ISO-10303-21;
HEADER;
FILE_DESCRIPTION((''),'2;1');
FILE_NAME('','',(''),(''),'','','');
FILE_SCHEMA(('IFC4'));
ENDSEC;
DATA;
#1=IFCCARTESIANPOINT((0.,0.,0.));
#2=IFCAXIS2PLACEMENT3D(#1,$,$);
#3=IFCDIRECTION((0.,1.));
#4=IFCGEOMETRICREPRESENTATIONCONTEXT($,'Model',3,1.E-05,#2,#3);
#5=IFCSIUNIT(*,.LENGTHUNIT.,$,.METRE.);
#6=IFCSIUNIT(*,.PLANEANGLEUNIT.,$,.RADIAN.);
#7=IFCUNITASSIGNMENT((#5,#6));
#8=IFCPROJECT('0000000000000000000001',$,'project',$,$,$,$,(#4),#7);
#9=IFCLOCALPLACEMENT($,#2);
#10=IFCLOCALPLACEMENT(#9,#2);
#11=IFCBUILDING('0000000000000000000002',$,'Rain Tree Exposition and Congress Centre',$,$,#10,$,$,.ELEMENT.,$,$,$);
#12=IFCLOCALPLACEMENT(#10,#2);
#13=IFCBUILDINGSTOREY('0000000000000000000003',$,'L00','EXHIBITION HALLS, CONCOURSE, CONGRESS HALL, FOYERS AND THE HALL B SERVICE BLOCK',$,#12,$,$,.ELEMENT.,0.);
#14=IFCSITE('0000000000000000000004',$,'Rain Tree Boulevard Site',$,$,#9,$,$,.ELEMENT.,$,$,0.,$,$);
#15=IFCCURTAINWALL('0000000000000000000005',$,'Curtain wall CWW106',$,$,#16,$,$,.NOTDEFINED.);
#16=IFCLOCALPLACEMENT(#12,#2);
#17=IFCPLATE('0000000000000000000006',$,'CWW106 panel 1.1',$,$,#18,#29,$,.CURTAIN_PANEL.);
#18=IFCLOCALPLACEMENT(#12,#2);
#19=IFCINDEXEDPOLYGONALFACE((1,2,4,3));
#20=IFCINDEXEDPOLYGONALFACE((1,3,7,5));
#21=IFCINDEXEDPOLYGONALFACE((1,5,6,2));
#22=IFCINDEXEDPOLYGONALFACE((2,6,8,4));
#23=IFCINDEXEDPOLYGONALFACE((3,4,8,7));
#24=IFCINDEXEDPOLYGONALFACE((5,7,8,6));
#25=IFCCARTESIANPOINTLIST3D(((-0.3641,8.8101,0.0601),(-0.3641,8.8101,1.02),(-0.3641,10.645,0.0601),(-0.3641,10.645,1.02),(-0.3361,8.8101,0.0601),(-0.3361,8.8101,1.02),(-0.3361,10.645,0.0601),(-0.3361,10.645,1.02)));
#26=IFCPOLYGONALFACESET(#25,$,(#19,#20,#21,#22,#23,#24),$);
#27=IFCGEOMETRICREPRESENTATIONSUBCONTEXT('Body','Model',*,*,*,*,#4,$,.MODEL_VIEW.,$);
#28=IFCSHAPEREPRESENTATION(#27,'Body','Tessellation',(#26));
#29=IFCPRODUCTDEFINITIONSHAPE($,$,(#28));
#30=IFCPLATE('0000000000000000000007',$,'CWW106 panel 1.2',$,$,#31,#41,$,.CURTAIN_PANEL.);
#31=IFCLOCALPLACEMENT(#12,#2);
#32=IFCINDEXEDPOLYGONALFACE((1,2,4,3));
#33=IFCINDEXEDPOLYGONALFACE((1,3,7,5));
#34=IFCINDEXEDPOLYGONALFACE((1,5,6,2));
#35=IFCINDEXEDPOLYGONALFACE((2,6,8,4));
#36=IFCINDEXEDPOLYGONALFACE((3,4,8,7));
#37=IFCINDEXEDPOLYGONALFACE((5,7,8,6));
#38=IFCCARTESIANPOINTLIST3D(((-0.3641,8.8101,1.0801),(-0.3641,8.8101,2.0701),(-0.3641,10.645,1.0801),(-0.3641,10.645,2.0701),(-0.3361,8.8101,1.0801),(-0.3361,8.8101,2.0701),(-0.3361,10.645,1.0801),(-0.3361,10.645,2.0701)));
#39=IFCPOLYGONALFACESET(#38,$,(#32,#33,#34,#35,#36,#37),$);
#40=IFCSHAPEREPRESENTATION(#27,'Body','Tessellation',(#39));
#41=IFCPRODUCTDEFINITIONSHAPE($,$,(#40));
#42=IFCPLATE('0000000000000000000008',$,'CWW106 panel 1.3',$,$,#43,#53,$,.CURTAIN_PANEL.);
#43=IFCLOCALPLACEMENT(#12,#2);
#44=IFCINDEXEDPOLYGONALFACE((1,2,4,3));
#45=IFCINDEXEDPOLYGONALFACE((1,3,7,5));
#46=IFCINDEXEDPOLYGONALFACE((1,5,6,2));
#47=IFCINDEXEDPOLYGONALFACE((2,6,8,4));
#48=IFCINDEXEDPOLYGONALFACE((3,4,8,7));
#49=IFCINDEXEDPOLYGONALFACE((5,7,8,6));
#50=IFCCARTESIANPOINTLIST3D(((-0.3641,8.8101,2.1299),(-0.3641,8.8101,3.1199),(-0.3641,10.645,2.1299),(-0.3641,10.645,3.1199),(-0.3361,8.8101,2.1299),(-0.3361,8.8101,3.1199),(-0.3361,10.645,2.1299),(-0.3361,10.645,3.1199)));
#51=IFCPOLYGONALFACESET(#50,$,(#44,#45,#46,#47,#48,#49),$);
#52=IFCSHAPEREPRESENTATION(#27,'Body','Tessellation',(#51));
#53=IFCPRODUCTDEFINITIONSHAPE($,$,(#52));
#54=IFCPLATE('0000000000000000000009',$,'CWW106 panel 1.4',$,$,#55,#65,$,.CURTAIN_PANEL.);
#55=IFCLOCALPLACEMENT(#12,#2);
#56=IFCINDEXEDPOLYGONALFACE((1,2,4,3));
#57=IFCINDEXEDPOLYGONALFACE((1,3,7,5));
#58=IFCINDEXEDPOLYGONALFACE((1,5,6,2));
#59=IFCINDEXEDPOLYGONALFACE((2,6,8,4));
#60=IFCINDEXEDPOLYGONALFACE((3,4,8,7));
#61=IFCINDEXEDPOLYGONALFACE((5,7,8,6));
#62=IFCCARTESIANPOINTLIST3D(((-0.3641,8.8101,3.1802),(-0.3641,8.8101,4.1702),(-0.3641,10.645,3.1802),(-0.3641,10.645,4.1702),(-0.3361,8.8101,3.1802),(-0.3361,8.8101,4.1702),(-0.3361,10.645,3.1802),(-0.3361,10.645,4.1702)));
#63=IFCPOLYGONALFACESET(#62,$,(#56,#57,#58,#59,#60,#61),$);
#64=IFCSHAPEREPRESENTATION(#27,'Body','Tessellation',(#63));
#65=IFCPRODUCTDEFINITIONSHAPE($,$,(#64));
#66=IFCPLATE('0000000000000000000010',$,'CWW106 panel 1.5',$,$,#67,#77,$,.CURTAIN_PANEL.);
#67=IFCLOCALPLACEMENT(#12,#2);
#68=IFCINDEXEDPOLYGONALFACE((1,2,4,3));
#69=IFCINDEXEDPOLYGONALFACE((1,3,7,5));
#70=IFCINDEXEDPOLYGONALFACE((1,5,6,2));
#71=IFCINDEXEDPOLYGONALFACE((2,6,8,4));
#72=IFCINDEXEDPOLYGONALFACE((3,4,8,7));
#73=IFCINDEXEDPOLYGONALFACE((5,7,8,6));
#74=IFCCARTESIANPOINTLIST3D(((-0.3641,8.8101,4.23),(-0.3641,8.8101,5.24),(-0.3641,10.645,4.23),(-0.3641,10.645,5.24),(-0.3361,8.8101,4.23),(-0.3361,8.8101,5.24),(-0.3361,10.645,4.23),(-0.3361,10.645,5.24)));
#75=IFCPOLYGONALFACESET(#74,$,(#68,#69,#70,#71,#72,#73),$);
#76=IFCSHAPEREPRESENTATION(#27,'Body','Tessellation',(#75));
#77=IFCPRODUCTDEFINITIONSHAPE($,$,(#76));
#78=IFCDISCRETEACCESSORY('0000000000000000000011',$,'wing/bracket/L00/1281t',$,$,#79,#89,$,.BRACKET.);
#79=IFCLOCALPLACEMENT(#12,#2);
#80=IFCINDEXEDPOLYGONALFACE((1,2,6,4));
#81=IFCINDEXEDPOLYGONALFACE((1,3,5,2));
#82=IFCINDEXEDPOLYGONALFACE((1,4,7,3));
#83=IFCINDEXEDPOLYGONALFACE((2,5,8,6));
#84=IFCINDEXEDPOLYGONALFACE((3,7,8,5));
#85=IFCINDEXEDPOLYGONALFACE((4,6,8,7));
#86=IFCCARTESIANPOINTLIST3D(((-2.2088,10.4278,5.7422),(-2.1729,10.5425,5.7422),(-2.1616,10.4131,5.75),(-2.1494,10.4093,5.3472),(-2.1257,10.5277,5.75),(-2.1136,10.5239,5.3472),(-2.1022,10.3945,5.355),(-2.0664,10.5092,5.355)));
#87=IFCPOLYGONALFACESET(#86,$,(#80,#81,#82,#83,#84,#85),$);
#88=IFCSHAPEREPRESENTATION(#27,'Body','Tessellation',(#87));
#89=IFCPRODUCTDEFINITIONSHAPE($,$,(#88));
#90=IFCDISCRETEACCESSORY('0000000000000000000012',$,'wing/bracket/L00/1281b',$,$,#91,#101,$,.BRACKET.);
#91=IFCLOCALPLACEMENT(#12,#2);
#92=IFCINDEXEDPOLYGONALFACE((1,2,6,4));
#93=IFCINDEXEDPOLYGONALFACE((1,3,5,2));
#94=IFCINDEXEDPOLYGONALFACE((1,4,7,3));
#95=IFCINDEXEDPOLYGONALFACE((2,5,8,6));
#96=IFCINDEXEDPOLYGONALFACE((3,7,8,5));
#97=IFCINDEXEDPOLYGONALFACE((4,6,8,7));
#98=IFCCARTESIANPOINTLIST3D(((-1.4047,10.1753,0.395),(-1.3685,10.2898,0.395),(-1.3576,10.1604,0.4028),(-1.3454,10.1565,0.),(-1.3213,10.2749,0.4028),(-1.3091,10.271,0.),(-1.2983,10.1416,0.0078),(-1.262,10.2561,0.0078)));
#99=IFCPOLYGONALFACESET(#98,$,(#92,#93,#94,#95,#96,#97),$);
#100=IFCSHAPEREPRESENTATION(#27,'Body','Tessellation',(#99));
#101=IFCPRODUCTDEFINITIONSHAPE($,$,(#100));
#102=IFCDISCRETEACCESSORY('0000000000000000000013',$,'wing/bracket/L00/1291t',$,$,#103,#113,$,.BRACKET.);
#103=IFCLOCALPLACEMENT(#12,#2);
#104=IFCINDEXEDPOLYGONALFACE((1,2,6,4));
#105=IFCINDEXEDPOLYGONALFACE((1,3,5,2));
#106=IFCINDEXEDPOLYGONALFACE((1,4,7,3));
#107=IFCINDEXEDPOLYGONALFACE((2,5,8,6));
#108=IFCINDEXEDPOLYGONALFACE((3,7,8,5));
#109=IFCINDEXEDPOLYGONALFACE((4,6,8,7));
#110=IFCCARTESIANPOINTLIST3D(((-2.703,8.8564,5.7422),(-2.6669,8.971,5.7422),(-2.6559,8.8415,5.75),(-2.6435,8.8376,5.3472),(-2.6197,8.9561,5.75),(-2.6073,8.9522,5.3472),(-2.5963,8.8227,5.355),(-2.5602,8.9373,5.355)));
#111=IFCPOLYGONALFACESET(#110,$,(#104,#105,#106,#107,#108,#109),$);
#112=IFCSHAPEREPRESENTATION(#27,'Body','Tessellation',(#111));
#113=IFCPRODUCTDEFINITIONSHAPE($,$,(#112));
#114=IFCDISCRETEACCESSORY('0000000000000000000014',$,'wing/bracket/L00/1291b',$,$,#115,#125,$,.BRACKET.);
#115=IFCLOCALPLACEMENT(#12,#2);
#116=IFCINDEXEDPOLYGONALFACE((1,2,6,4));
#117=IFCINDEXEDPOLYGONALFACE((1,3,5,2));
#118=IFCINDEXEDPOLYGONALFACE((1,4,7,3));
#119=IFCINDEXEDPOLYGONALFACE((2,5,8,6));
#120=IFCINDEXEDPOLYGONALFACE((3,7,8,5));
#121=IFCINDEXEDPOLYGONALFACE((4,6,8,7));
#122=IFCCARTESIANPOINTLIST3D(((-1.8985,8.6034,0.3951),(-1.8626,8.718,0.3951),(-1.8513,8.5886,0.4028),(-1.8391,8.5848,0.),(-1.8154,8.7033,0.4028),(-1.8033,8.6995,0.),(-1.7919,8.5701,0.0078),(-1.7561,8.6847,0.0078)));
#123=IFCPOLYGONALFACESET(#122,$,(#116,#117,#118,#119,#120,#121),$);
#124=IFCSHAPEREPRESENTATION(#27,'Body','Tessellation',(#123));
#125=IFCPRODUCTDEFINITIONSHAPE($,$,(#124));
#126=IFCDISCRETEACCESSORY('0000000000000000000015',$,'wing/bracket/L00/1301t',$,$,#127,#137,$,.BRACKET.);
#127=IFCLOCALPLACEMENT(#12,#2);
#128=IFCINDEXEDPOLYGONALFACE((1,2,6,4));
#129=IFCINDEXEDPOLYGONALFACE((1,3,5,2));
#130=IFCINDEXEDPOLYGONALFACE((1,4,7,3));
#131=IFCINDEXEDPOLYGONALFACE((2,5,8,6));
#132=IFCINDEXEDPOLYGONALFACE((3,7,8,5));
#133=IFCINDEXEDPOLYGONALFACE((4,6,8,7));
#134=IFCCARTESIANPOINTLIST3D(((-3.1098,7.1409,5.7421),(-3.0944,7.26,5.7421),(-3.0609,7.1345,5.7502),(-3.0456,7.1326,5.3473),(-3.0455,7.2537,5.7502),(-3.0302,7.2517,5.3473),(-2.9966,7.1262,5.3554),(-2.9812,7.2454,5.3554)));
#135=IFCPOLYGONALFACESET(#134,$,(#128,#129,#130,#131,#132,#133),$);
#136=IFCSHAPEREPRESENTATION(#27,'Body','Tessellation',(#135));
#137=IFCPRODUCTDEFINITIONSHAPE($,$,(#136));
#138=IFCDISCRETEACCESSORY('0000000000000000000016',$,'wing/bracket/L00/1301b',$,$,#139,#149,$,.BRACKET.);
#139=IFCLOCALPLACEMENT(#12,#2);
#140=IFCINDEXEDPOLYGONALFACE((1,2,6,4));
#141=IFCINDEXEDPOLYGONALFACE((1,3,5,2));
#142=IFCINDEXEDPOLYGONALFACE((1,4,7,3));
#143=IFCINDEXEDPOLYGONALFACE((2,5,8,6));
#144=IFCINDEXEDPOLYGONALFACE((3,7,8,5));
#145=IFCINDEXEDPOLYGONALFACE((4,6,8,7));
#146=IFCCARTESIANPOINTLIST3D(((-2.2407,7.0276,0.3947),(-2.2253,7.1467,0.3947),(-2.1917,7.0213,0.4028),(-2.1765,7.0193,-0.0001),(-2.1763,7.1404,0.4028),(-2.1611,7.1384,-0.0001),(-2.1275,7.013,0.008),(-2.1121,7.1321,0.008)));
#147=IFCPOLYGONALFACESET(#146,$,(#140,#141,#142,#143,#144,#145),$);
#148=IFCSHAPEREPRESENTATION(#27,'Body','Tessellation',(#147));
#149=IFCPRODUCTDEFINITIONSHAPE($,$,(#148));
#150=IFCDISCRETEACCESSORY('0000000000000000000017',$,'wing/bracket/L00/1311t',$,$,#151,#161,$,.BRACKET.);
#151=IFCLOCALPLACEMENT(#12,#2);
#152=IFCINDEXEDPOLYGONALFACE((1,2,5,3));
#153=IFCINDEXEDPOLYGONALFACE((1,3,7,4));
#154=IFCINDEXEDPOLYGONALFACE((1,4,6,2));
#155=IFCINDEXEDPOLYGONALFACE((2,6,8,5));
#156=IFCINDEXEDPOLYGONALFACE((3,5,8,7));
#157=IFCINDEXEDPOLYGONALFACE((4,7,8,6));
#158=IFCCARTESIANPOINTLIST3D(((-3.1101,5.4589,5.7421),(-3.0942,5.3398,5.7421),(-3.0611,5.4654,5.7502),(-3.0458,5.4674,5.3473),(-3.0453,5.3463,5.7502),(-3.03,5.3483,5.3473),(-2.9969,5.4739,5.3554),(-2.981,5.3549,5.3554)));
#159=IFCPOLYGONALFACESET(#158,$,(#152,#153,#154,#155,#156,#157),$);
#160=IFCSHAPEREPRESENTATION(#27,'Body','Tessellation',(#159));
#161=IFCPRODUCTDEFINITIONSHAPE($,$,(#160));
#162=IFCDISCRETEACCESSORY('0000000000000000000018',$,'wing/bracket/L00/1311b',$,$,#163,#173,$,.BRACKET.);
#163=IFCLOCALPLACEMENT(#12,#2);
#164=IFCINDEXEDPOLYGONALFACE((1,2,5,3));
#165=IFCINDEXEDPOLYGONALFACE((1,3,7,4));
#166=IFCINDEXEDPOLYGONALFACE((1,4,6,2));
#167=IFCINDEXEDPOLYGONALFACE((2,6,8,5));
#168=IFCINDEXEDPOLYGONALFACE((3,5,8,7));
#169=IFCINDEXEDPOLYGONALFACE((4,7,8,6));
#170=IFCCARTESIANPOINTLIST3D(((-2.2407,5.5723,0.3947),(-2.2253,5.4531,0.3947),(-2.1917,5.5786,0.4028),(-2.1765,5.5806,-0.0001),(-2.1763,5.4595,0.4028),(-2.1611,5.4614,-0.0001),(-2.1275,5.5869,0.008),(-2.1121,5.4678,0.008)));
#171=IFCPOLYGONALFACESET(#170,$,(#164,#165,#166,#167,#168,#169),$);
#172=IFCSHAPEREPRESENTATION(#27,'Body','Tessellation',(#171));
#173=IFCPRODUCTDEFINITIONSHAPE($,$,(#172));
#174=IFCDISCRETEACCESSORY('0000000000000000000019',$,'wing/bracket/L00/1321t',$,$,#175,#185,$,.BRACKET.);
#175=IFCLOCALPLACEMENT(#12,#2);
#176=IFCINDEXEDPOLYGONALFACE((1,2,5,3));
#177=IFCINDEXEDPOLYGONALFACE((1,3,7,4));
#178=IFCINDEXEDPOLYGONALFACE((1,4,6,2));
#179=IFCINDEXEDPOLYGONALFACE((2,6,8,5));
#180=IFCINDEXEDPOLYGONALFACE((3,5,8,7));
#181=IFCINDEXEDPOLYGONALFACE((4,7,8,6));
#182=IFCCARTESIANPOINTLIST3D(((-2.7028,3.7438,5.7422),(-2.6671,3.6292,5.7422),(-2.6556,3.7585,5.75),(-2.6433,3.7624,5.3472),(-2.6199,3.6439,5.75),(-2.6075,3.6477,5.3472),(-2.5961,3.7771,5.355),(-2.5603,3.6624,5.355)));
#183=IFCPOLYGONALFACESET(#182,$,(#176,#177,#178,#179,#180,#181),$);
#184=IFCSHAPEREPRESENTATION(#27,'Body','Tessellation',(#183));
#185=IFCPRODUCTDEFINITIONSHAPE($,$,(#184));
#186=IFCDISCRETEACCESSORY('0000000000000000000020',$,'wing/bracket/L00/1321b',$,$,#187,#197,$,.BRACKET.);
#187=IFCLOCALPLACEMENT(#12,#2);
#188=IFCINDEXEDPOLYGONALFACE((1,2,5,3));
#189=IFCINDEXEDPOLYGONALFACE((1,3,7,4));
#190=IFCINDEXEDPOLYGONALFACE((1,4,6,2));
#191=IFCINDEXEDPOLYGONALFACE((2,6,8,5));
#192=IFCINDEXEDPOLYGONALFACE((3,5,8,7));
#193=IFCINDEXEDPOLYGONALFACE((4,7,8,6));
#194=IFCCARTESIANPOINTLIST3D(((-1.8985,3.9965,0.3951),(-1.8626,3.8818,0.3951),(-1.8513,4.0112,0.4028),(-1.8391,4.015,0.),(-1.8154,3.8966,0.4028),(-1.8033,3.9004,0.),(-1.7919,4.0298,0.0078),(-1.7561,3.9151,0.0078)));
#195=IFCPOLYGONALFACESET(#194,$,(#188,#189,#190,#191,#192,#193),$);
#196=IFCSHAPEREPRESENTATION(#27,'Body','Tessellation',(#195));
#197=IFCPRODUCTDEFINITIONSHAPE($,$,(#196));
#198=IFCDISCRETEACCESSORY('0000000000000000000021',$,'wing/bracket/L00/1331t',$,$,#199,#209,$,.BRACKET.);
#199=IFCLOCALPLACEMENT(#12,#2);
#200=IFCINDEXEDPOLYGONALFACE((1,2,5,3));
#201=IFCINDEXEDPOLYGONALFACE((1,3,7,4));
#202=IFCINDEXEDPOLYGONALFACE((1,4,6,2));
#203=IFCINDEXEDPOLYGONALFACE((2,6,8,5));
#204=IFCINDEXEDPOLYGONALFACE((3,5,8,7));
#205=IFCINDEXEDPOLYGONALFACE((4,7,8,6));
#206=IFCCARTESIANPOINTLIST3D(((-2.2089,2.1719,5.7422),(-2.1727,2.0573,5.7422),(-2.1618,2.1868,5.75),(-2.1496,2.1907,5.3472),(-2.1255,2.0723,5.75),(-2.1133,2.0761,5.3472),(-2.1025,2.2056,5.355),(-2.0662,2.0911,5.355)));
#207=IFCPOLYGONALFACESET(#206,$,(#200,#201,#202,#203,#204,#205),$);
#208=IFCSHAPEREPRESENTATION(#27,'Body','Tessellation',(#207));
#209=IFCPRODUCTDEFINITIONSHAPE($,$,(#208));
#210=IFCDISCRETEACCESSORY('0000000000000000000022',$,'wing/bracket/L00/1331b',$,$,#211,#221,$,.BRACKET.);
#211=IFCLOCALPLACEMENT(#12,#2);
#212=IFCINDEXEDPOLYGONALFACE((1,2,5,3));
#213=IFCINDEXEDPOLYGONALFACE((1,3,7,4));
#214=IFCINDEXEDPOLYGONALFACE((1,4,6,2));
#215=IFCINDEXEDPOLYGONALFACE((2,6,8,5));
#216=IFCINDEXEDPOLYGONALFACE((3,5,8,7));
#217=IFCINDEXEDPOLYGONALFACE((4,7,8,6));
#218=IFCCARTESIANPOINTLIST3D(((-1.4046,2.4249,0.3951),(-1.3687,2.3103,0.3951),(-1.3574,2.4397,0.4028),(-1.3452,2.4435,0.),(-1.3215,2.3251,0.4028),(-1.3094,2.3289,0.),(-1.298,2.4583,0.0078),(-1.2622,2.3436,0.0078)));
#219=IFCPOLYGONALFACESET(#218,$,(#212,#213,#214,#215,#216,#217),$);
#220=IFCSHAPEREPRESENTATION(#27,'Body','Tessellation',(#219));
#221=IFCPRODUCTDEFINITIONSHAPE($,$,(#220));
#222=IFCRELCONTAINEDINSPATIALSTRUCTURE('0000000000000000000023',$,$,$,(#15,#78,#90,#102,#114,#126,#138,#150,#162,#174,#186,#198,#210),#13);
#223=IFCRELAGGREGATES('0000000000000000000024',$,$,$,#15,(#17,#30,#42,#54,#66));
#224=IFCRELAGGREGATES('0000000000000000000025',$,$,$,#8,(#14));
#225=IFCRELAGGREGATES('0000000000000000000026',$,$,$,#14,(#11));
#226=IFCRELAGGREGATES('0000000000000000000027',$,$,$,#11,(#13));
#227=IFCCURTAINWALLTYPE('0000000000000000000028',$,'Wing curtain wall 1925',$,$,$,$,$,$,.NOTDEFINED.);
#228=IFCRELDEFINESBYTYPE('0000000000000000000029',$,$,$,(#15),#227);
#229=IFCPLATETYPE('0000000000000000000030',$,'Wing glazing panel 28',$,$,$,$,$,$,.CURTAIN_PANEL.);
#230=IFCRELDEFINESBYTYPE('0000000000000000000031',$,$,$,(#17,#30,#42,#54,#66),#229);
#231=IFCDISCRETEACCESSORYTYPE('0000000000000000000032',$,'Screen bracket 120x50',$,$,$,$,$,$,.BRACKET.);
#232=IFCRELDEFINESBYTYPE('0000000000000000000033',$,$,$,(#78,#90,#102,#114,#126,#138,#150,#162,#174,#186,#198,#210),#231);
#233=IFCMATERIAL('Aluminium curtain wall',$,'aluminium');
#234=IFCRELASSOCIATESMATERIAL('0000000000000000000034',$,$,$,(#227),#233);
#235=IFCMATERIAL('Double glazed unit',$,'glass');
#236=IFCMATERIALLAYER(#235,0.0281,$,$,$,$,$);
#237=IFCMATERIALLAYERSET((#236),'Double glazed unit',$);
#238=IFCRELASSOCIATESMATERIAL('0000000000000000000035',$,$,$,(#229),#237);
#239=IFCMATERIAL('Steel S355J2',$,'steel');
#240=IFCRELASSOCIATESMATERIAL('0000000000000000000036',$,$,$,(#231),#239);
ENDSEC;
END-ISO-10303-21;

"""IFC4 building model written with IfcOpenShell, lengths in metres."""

from ifc_helpers import new_model, si_unit, direction, frame, origin, origin_2d, place, context, subcontext, project, spatial, rectangle, extrude, material, layer, layer_set, material_profile, profile_set, type_object, element, aggregate, save


model = new_model("IFC4")

# Units and contexts
model_context = context("Model", 3, precision=1e-05, world=origin(), true_north=direction((0.0, 1.0)))
body_context = subcontext(model_context, "Body", "Model", "MODEL_VIEW")
ifc_project = project(units=[si_unit("LENGTHUNIT", "METRE"), si_unit("PLANEANGLEUNIT", "RADIAN")], contexts=[model_context])

# Site, building, storey
site_placement = place(None, origin())
site = spatial("IfcSite", under=ifc_project, at=site_placement, Name="Rain Tree Boulevard Site", CompositionType="ELEMENT", RefElevation=0.0)
building_placement = place(site_placement, origin())
building = spatial("IfcBuilding", under=site, at=building_placement, Name="Rain Tree Exposition and Congress Centre", CompositionType="ELEMENT")
storey_placement = place(building_placement, origin())
storey = spatial("IfcBuildingStorey", under=building, at=storey_placement, Name="L00", Description="EXHIBITION HALLS, CONCOURSE, CONGRESS HALL, FOYERS AND THE HALL B SERVICE BLOCK", CompositionType="ELEMENT", Elevation=0.0)

# Curtain wall, plates
ifc_material_1 = material(Name="Aluminium curtain wall", Category="aluminium")
curtain_wall_type = type_object("IfcCurtainWallType", Name="Wing curtain wall 1925", PredefinedType="NOTDEFINED", material=ifc_material_1)
curtain_wall_placement = place(storey_placement, origin())
curtain_wall = element("IfcCurtainWall", 1, at=curtain_wall_placement, inside=storey, type_object=curtain_wall_type, Name="Curtain wall CWW106", PredefinedType="NOTDEFINED")
ifc_material_2 = material(Name="Double glazed unit", Category="glass")
ifc_layer_1 = layer(ifc_material_2, 0.0281)
ifc_layer_set_1 = layer_set([ifc_layer_1], Name="Double glazed unit")
plate_type = type_object("IfcPlateType", Name="Wing glazing panel 28", PredefinedType="CURTAIN_PANEL", material=ifc_layer_set_1)
plate_1_placement = place(storey_placement, frame((-0.3501, 9.7275, 0.0601), z_axis=(0.0, 0.0, 1.0), x_axis=(0.0, 1.0, 0.0)))
plate_1 = element("IfcPlate", 2, at=plate_1_placement, type_object=plate_type, Name="CWW106 panel 1.1", PredefinedType="CURTAIN_PANEL", context=body_context, shape_type="SweptSolid", body=[
    extrude(rectangle(XDim=1.835, YDim=0.0281, at=origin_2d()), origin(), (0.0, 0.0, 1.0), 0.96),
])
plate_2_placement = place(storey_placement, frame((-0.3501, 9.7275, 1.0801), z_axis=(0.0, 0.0, 1.0), x_axis=(0.0, 1.0, 0.0)))
plate_2 = element("IfcPlate", 3, at=plate_2_placement, type_object=plate_type, Name="CWW106 panel 1.2", PredefinedType="CURTAIN_PANEL", context=body_context, shape_type="SweptSolid", body=[
    extrude(rectangle(XDim=1.835, YDim=0.0281, at=origin_2d()), origin(), (0.0, 0.0, 1.0), 0.99),
])
plate_3_placement = place(storey_placement, frame((-0.3501, 9.7275, 2.1299), z_axis=(0.0, 0.0, 1.0), x_axis=(0.0, 1.0, 0.0)))
plate_3 = element("IfcPlate", 4, at=plate_3_placement, type_object=plate_type, Name="CWW106 panel 1.3", PredefinedType="CURTAIN_PANEL", context=body_context, shape_type="SweptSolid", body=[
    extrude(rectangle(XDim=1.835, YDim=0.0281, at=origin_2d()), origin(), (0.0, 0.0, 1.0), 0.99),
])
plate_4_placement = place(storey_placement, frame((-0.3501, 9.7275, 3.1802), z_axis=(0.0, 0.0, 1.0), x_axis=(0.0, 1.0, 0.0)))
plate_4 = element("IfcPlate", 5, at=plate_4_placement, type_object=plate_type, Name="CWW106 panel 1.4", PredefinedType="CURTAIN_PANEL", context=body_context, shape_type="SweptSolid", body=[
    extrude(rectangle(XDim=1.835, YDim=0.0281, at=origin_2d()), origin(), (0.0, 0.0, 1.0), 0.99),
])
plate_5_placement = place(storey_placement, frame((-0.3501, 9.7275, 4.23), z_axis=(0.0, 0.0, 1.0), x_axis=(0.0, 1.0, 0.0)))
plate_5 = element("IfcPlate", 6, at=plate_5_placement, type_object=plate_type, Name="CWW106 panel 1.5", PredefinedType="CURTAIN_PANEL", context=body_context, shape_type="SweptSolid", body=[
    extrude(rectangle(XDim=1.835, YDim=0.0281, at=origin_2d()), origin(), (0.0, 0.0, 1.0), 1.01),
])
aggregate(curtain_wall, [plate_1, plate_2, plate_3, plate_4, plate_5])

# Discrete accessories
ifc_material_3 = material(Name="Steel S355J2", Category="steel")
ifc_material_profile_1 = material_profile(ifc_material_3, rectangle(XDim=0.1201, YDim=0.05, at=origin_2d()), Name="Flat bar 120x50")
ifc_profile_set_1 = profile_set([ifc_material_profile_1], Name="Steel S355J2")
discrete_accessory_type = type_object("IfcDiscreteAccessoryType", Name="Screen bracket 120x50", PredefinedType="BRACKET", material=ifc_profile_set_1)
for number, where, z_axis, x_axis, name in (
    (7, (-2.1079, 10.4592, 5.3511), (-0.14836, 0.046401, 0.987844), (-0.298499, -0.95441, 0.0), "wing/bracket/L00/1281t"),
    (8, (-1.3037, 10.2063, 0.0039), (-0.148356, 0.04701, 0.987816), (-0.30207, -0.953286, 0.0), "wing/bracket/L00/1281b"),
    (9, (-2.6018, 8.8875, 5.3511), (-0.148953, 0.047006, 0.987726), (-0.300944, -0.953642, 0.0), "wing/bracket/L00/1291t"),
    (10, (-1.7976, 8.6348, 0.0039), (-0.14836, 0.046401, 0.987844), (-0.298499, -0.95441, 0.0), "wing/bracket/L00/1291b"),
):
    element("IfcDiscreteAccessory", number, at=place(storey_placement, frame(where, z_axis=z_axis, x_axis=x_axis)), inside=storey, type_object=discrete_accessory_type, Name=name, PredefinedType="BRACKET", context=body_context, shape_type="SweptSolid", body=[
        extrude(rectangle(XDim=0.1201, YDim=0.05, at=origin_2d()), origin(), (0.0, 0.0, 1.0), 0.3999),
    ])
for number, where, z_axis, x_axis, name in (
    (11, (-3.0134, 7.189, 5.3513), (-0.160503, 0.020749, 0.986817), (-0.128211, -0.991747, 0.0), "wing/bracket/L00/1301t"),
    (12, (-2.1443, 7.0757, 0.0039), (-0.160503, 0.020749, 0.986817), (-0.128211, -0.991747, 0.0), "wing/bracket/L00/1301b"),
    (13, (-3.0134, 5.4111, 5.3513), (-0.160501, -0.021359, 0.986805), (0.131917, -0.991261, 0.0), "wing/bracket/L00/1311t"),
    (14, (-2.1443, 5.5242, 0.0039), (-0.160503, -0.020749, 0.986817), (0.128211, -0.991747, 0.0), "wing/bracket/L00/1311b"),
):
    element("IfcDiscreteAccessory", number, at=place(storey_placement, frame(where, z_axis=z_axis, x_axis=x_axis)), inside=storey, type_object=discrete_accessory_type, Name=name, PredefinedType="BRACKET", context=body_context, shape_type="SweptSolid", body=[
        extrude(rectangle(XDim=0.1201, YDim=0.05, at=origin_2d()), origin(), (0.0, 0.0, 1.0), 0.4001),
    ])
for number, where, z_axis, x_axis, name in (
    (15, (-2.6018, 3.7124, 5.3511), (-0.148957, -0.046396, 0.987755), (0.297384, -0.954758, 0.0), "wing/bracket/L00/1321t"),
    (16, (-1.7976, 3.9651, 0.0039), (-0.14836, -0.046401, 0.987844), (0.298499, -0.95441, 0.0), "wing/bracket/L00/1321b"),
    (17, (-2.1079, 2.1409, 5.3511), (-0.148356, -0.04701, 0.987816), (0.30207, -0.953286, 0.0), "wing/bracket/L00/1331t"),
    (18, (-1.3037, 2.3936, 0.0039), (-0.14836, -0.046401, 0.987844), (0.298499, -0.95441, 0.0), "wing/bracket/L00/1331b"),
):
    element("IfcDiscreteAccessory", number, at=place(storey_placement, frame(where, z_axis=z_axis, x_axis=x_axis)), inside=storey, type_object=discrete_accessory_type, Name=name, PredefinedType="BRACKET", context=body_context, shape_type="SweptSolid", body=[
        extrude(rectangle(XDim=0.1201, YDim=0.05, at=origin_2d()), origin(), (0.0, 0.0, 1.0), 0.3999),
    ])

save(model, "model.ifc")
